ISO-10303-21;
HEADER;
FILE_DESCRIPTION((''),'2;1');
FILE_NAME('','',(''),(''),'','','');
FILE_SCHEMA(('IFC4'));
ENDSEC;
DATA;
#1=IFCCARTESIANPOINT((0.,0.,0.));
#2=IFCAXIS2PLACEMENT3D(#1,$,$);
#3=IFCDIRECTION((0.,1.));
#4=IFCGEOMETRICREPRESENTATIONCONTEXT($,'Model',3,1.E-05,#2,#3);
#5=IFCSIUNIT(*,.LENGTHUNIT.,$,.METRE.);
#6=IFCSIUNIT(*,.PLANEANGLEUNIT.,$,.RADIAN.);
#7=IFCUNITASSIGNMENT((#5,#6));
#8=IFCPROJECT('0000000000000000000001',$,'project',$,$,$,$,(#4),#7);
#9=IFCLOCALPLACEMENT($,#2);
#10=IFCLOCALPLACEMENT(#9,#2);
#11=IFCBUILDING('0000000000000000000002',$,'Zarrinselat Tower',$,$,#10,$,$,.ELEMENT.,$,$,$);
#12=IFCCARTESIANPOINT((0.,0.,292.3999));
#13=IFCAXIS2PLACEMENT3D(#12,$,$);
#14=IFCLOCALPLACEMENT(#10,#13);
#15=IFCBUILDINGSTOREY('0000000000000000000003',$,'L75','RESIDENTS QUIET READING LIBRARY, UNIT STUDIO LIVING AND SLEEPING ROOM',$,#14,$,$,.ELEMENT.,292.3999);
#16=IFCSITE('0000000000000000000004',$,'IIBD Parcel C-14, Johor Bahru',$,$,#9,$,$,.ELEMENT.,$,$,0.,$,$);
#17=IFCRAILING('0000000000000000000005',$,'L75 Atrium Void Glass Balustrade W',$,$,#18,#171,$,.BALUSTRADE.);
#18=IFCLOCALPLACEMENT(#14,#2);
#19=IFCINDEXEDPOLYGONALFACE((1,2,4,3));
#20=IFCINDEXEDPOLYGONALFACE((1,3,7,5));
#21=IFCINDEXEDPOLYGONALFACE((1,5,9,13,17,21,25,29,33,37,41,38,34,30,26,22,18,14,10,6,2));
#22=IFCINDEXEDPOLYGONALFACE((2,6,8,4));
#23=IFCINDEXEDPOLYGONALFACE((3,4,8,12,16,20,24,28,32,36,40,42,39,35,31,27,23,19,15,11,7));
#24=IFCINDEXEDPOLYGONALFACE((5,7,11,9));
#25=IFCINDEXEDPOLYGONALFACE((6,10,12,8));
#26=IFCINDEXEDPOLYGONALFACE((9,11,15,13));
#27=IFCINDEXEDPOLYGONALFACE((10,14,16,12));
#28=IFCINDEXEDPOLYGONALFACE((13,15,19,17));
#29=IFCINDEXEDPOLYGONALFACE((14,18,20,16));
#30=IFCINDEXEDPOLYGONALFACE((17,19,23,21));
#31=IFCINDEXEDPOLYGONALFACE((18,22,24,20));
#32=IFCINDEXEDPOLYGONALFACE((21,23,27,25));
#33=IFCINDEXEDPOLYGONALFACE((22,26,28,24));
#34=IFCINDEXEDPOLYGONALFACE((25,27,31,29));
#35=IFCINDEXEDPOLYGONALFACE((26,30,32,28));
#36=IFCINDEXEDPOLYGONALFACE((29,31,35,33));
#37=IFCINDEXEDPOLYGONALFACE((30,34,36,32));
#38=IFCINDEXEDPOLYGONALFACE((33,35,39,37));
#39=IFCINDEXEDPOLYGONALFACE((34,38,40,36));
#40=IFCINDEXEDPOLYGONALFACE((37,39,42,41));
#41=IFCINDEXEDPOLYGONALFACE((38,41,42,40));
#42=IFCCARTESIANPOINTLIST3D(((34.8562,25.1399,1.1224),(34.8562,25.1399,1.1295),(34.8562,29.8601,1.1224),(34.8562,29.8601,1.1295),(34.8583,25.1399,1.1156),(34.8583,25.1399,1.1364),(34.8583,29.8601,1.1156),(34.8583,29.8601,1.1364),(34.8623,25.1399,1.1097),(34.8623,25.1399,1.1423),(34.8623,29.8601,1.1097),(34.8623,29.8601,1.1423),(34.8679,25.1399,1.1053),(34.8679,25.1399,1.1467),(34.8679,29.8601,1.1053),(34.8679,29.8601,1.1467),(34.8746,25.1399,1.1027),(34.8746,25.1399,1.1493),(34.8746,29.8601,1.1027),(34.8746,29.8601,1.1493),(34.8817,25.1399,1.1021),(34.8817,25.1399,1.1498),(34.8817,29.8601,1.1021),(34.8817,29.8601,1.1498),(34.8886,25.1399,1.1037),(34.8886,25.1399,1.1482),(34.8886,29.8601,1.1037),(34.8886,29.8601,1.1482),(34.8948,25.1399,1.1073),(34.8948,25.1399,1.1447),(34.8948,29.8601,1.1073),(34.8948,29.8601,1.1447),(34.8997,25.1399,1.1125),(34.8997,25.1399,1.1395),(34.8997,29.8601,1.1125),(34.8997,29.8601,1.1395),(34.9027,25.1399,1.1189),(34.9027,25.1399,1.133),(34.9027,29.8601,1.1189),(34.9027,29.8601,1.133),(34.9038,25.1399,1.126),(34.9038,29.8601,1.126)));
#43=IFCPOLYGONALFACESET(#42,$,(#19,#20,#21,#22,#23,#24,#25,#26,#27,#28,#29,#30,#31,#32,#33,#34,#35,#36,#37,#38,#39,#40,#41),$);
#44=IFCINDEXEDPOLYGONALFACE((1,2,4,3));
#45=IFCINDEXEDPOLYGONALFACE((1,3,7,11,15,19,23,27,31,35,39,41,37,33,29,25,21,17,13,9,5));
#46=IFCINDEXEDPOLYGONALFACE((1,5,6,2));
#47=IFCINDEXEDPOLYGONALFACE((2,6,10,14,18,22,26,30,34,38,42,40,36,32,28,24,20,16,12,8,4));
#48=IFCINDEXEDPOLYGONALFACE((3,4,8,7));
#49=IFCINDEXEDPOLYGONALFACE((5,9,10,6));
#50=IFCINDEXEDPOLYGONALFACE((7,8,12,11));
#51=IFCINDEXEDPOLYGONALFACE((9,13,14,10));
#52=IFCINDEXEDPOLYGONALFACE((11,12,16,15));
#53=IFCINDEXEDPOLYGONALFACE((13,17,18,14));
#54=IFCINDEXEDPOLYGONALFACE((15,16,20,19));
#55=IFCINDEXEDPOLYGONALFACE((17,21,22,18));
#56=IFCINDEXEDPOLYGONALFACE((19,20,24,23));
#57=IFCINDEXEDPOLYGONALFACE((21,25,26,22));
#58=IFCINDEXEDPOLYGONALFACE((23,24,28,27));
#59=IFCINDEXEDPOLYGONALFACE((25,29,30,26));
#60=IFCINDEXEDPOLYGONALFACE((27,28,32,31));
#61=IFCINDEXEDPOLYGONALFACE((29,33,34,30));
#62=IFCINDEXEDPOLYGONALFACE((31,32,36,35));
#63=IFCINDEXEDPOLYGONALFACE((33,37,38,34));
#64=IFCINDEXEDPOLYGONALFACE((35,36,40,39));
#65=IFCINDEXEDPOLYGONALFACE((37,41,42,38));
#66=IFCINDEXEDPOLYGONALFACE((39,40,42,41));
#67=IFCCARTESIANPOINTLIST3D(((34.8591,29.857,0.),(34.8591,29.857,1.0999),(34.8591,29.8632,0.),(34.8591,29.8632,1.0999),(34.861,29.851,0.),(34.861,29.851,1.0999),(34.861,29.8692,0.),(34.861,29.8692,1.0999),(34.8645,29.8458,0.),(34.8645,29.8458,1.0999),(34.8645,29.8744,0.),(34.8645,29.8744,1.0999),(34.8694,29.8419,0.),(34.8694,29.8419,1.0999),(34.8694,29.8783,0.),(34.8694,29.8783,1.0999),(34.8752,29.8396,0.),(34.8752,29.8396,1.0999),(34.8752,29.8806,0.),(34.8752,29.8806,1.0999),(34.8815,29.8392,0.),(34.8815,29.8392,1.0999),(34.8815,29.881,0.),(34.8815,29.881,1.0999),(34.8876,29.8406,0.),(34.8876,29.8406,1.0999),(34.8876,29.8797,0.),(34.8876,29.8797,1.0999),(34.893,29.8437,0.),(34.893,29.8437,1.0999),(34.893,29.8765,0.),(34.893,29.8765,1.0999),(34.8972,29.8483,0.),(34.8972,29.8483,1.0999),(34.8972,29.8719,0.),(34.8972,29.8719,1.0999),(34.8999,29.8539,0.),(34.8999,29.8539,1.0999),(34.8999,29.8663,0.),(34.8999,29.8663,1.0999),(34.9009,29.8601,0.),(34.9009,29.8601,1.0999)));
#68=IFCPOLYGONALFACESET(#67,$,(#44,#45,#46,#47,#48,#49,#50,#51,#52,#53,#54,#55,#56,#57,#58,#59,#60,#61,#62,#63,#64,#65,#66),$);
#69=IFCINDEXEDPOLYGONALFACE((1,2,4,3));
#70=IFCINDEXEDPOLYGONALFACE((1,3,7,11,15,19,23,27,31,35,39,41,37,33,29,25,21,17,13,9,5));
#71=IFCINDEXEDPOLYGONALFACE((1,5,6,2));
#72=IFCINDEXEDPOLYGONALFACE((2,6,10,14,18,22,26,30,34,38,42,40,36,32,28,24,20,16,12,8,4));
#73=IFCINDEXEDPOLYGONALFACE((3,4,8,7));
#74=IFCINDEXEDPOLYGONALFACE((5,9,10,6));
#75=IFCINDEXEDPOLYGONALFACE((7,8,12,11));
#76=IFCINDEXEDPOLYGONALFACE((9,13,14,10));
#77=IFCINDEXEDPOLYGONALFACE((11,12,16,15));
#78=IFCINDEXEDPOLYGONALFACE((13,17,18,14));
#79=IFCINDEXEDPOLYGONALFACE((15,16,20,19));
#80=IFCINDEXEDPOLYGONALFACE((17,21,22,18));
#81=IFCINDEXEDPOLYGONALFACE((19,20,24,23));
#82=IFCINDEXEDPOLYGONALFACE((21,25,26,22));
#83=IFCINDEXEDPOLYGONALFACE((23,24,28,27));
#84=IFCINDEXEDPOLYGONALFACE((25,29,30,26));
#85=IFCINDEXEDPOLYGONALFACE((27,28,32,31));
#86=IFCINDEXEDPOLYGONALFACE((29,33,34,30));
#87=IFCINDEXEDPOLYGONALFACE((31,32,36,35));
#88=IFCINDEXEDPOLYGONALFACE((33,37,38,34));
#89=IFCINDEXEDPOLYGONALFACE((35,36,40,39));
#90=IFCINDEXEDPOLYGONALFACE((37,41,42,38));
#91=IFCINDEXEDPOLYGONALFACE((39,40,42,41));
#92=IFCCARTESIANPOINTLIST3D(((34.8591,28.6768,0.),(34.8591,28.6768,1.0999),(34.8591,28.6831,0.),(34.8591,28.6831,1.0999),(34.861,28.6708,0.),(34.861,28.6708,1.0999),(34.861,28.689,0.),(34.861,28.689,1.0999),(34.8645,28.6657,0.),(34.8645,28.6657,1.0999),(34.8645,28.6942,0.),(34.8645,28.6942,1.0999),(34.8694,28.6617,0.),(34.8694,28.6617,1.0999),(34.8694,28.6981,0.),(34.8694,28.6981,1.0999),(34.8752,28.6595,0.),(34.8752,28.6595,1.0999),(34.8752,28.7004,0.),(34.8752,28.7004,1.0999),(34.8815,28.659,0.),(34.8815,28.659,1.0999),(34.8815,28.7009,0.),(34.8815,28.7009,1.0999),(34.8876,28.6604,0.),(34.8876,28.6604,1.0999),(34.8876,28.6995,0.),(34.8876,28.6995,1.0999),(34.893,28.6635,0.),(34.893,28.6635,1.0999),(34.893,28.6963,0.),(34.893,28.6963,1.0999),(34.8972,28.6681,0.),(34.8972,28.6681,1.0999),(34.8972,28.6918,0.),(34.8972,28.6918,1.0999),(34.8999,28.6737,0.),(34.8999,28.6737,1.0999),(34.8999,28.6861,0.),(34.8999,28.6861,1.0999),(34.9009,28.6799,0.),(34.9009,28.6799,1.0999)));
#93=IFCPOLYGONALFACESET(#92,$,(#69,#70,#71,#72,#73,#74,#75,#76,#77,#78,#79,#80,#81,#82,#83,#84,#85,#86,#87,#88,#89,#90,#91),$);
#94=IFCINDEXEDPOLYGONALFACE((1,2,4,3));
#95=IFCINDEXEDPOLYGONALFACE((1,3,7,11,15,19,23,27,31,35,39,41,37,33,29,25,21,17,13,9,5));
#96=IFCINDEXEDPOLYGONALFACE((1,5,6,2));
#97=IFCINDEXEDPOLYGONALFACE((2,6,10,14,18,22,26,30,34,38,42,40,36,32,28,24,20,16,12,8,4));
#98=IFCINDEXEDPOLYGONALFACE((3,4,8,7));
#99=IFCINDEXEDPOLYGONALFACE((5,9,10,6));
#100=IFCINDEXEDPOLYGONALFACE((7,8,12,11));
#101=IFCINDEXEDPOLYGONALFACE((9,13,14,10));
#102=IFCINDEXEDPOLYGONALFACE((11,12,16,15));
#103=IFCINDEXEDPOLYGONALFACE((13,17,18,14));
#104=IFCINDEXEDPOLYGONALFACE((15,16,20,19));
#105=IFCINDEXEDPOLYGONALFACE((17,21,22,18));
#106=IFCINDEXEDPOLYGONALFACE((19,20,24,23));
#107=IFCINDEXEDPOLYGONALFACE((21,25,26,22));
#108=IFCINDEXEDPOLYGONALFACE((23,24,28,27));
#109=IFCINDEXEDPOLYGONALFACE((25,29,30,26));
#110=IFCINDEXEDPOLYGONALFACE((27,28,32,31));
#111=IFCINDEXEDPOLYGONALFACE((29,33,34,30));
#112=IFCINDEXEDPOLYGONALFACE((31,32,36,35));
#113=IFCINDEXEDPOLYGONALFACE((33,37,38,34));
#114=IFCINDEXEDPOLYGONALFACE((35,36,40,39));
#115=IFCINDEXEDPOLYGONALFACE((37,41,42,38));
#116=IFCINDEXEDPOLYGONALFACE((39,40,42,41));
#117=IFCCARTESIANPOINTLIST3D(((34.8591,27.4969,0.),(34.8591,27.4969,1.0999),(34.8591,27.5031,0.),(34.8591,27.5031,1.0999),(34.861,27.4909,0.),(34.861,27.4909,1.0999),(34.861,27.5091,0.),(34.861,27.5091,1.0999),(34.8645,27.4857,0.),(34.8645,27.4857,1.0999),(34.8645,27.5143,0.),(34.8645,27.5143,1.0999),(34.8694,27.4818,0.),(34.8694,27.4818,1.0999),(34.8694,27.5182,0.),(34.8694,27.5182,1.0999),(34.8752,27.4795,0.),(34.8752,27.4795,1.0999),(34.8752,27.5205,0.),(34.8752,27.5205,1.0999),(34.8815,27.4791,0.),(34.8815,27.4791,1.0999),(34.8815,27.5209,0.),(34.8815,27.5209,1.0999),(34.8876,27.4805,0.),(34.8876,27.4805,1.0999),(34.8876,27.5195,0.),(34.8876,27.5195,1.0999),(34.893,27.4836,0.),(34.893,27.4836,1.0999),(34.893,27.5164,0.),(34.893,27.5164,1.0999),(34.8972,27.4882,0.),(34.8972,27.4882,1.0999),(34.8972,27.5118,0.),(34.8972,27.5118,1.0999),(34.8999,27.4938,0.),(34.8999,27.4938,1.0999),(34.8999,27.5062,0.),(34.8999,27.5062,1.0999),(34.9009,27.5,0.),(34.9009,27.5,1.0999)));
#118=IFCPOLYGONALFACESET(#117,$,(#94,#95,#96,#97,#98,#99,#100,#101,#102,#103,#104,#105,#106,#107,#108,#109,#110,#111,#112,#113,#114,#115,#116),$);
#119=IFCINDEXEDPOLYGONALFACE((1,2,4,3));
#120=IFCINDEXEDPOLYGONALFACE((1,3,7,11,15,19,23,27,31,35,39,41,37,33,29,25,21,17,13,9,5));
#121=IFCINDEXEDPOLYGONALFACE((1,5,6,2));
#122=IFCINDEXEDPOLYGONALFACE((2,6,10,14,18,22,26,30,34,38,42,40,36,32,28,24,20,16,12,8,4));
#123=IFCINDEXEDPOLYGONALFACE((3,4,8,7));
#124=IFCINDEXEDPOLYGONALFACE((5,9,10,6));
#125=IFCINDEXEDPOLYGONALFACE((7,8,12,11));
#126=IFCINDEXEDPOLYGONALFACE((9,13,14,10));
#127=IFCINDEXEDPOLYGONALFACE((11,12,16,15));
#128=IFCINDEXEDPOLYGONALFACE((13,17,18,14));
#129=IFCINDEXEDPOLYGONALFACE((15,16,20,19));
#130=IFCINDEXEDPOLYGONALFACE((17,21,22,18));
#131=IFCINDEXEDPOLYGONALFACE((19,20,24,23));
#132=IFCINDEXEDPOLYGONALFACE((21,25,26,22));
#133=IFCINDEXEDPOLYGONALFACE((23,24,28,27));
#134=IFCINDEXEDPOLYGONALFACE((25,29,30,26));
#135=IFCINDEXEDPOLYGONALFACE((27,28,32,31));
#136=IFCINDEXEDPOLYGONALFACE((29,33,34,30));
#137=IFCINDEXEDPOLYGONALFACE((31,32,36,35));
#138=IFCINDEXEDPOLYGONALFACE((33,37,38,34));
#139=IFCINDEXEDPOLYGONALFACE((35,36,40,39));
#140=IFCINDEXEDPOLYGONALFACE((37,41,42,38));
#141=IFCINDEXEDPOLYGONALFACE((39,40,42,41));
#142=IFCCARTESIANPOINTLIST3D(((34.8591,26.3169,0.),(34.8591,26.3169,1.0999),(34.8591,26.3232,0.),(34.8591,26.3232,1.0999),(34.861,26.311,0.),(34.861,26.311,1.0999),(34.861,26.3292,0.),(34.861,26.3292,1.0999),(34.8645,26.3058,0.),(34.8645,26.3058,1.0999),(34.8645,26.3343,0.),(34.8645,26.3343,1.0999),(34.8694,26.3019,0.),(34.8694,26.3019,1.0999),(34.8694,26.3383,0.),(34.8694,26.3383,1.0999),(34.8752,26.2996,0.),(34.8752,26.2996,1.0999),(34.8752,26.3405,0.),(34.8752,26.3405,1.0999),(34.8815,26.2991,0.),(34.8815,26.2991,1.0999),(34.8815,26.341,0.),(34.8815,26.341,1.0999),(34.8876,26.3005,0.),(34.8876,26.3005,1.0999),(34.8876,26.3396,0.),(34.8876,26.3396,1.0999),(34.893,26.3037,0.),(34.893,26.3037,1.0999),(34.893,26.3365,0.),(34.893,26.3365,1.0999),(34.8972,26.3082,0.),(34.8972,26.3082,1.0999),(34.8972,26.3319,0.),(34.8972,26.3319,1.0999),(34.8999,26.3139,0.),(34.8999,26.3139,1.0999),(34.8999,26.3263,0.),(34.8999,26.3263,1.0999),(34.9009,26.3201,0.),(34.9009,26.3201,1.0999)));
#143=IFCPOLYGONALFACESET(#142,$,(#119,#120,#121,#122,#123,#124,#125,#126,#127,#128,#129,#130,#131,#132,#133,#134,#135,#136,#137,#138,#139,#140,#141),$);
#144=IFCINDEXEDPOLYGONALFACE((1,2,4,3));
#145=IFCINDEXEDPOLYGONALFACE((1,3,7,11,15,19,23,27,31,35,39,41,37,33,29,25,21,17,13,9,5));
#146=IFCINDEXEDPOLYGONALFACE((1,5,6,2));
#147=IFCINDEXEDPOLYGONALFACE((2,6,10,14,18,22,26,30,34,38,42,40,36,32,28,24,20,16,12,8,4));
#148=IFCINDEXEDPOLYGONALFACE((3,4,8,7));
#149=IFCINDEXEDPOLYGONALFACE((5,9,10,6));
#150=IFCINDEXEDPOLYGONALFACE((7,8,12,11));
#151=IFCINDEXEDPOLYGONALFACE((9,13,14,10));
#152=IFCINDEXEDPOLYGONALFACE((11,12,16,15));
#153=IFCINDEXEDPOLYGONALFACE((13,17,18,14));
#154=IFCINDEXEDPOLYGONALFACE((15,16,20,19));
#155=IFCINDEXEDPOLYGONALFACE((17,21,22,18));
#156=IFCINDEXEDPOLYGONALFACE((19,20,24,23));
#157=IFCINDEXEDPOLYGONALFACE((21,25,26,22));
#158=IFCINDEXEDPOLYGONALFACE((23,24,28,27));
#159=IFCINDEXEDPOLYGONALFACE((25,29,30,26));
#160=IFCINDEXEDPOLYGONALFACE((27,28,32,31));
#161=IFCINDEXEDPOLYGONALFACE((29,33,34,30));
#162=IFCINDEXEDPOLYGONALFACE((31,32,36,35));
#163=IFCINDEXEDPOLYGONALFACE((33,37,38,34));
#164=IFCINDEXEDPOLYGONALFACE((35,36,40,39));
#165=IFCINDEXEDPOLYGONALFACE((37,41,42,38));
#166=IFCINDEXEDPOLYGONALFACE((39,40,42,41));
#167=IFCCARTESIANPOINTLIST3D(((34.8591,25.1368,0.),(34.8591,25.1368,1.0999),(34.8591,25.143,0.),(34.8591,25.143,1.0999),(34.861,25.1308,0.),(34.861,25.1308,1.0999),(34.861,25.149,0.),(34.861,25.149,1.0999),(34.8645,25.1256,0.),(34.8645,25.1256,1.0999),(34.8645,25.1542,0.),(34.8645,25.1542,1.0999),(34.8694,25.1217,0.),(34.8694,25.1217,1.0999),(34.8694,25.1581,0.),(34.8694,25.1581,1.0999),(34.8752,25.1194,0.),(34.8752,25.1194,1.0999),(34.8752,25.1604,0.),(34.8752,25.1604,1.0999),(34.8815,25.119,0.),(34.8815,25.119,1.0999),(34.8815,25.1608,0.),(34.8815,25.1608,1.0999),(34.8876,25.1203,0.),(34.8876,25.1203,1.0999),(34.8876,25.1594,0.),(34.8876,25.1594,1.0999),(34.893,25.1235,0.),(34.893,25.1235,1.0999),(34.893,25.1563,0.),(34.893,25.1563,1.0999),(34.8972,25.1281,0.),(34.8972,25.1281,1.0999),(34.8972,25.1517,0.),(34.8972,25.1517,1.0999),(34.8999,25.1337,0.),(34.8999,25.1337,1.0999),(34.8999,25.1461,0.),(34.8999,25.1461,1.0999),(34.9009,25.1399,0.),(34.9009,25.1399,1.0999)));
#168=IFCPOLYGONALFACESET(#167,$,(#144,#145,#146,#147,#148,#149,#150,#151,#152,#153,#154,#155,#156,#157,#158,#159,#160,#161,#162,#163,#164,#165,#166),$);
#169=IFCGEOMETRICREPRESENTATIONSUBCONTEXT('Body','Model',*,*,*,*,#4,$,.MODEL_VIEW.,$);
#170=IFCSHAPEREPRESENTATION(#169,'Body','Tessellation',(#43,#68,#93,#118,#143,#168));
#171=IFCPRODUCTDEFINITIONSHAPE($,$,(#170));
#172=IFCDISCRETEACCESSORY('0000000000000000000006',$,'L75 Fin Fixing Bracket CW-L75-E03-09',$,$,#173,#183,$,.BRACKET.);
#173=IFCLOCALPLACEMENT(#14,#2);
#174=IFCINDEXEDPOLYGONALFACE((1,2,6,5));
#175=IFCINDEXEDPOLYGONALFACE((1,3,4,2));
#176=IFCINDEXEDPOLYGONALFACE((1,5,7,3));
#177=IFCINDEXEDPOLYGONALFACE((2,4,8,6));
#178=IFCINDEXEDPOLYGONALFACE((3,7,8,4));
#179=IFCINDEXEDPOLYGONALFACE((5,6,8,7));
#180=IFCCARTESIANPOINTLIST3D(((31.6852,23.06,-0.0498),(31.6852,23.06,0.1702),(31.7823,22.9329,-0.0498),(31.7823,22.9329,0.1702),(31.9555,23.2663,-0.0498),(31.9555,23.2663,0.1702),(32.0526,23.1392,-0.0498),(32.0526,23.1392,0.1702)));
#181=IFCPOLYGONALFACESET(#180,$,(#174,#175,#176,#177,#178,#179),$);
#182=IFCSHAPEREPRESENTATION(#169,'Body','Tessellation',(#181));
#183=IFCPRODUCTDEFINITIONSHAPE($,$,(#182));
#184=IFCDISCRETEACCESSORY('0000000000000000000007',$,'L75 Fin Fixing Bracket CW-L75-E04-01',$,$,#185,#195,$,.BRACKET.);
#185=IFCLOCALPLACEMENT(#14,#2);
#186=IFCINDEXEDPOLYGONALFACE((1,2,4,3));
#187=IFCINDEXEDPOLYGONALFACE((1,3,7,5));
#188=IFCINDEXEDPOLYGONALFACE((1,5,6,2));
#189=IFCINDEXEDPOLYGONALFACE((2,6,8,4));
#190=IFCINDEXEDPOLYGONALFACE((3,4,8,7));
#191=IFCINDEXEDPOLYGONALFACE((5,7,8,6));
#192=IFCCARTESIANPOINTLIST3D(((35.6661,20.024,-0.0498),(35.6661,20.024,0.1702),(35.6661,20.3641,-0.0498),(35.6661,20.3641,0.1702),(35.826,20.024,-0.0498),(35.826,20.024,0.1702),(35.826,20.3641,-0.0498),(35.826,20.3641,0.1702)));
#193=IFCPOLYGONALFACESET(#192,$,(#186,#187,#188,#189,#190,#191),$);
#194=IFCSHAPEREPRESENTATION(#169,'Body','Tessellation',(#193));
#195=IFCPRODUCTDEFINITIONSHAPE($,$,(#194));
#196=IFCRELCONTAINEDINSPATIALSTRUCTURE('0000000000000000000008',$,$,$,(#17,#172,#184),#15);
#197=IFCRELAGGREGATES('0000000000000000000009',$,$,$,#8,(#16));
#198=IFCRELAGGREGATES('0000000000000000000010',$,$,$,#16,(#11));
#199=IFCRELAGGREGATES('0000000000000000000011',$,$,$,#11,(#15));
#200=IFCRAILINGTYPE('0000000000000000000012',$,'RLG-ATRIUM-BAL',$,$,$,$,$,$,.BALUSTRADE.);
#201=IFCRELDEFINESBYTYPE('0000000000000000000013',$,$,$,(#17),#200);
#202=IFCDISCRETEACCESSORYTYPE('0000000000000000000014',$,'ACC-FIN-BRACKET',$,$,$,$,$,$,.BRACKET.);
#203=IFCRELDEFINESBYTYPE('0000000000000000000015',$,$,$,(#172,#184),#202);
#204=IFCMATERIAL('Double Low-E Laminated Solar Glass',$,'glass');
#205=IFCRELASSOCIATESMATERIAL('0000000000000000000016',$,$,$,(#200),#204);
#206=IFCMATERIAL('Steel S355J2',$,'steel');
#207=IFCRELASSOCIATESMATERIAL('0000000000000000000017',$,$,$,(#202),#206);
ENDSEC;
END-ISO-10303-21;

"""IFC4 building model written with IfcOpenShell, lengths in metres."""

from ifc_helpers import new_model, si_unit, direction, frame, origin, origin_2d, place, context, subcontext, project, spatial, rectangle, circle, extrude, material, type_object, element, save


model = new_model("IFC4")

# Units and contexts
model_context = context("Model", 3, precision=1e-05, world=origin(), true_north=direction((0.0, 1.0)))
body_context = subcontext(model_context, "Body", "Model", "MODEL_VIEW")
ifc_project = project(units=[si_unit("LENGTHUNIT", "METRE"), si_unit("PLANEANGLEUNIT", "RADIAN")], contexts=[model_context])

# Site, building, storey
site_placement = place(None, origin())
site = spatial("IfcSite", under=ifc_project, at=site_placement, Name="IIBD Parcel C-14, Johor Bahru", CompositionType="ELEMENT", RefElevation=0.0)
building_placement = place(site_placement, origin())
building = spatial("IfcBuilding", under=site, at=building_placement, Name="Zarrinselat Tower", CompositionType="ELEMENT")
storey_placement = place(building_placement, frame((0.0, 0.0, 292.3999)))
storey = spatial("IfcBuildingStorey", under=building, at=storey_placement, Name="L75", Description="RESIDENTS QUIET READING LIBRARY, UNIT STUDIO LIVING AND SLEEPING ROOM", CompositionType="ELEMENT", Elevation=292.3999)

# Railing
ifc_material_1 = material(Name="Double Low-E Laminated Solar Glass", Category="glass")
railing_type = type_object("IfcRailingType", Name="RLG-ATRIUM-BAL", PredefinedType="BALUSTRADE", material=ifc_material_1)
railing_1_placement = place(storey_placement, frame((34.8799, 29.8601, 0.0)))
element("IfcRailing", 1, at=railing_1_placement, inside=storey, type_object=railing_type, Name="L75 Atrium Void Glass Balustrade W", PredefinedType="BALUSTRADE", context=body_context, shape_type="SweptSolid", body=[
    extrude(circle(Radius=0.0239, at=origin_2d()), frame((0.0, 0.0, 1.126), z_axis=(0.0, -1.0, 0.0), x_axis=(1.0, 0.0, 0.0)), (0.0, 0.0, 1.0), 4.7202),
    extrude(circle(Radius=0.021, at=origin_2d()), origin(), (0.0, 0.0, 1.0), 1.0999),
    extrude(circle(Radius=0.021, at=origin_2d()), frame((0.0, -1.1802, 0.0)), (0.0, 0.0, 1.0), 1.0999),
    extrude(circle(Radius=0.021, at=origin_2d()), frame((0.0, -2.3601, 0.0)), (0.0, 0.0, 1.0), 1.0999),
    extrude(circle(Radius=0.021, at=origin_2d()), frame((0.0, -3.54, 0.0)), (0.0, 0.0, 1.0), 1.0999),
    extrude(circle(Radius=0.021, at=origin_2d()), frame((0.0, -4.7202, 0.0)), (0.0, 0.0, 1.0), 1.0999),
])

# Discrete accessories
ifc_material_2 = material(Name="Steel S355J2", Category="steel")
discrete_accessory_type = type_object("IfcDiscreteAccessoryType", Name="ACC-FIN-BRACKET", PredefinedType="BRACKET", material=ifc_material_2)
for number, where, z_axis, x_axis, name in (
    (2, (31.8689, 23.0996, -0.0498), (0.0, 0.0, 1.0), (-0.794853, -0.606802, 0.0), "L75 Fin Fixing Bracket CW-L75-E03-09"),
    (3, (35.7461, 20.1941, -0.0498), (0.0, 0.0, 1.0), (0.0, -1.0, 0.0), "L75 Fin Fixing Bracket CW-L75-E04-01"),
):
    element("IfcDiscreteAccessory", number, at=place(storey_placement, frame(where, z_axis=z_axis, x_axis=x_axis)), inside=storey, type_object=discrete_accessory_type, Name=name, PredefinedType="BRACKET", context=body_context, shape_type="SweptSolid", body=[
        extrude(rectangle(XDim=0.3401, YDim=0.1599, at=origin_2d()), origin(), (0.0, 0.0, 1.0), 0.22),
    ])

save(model, "model.ifc")
